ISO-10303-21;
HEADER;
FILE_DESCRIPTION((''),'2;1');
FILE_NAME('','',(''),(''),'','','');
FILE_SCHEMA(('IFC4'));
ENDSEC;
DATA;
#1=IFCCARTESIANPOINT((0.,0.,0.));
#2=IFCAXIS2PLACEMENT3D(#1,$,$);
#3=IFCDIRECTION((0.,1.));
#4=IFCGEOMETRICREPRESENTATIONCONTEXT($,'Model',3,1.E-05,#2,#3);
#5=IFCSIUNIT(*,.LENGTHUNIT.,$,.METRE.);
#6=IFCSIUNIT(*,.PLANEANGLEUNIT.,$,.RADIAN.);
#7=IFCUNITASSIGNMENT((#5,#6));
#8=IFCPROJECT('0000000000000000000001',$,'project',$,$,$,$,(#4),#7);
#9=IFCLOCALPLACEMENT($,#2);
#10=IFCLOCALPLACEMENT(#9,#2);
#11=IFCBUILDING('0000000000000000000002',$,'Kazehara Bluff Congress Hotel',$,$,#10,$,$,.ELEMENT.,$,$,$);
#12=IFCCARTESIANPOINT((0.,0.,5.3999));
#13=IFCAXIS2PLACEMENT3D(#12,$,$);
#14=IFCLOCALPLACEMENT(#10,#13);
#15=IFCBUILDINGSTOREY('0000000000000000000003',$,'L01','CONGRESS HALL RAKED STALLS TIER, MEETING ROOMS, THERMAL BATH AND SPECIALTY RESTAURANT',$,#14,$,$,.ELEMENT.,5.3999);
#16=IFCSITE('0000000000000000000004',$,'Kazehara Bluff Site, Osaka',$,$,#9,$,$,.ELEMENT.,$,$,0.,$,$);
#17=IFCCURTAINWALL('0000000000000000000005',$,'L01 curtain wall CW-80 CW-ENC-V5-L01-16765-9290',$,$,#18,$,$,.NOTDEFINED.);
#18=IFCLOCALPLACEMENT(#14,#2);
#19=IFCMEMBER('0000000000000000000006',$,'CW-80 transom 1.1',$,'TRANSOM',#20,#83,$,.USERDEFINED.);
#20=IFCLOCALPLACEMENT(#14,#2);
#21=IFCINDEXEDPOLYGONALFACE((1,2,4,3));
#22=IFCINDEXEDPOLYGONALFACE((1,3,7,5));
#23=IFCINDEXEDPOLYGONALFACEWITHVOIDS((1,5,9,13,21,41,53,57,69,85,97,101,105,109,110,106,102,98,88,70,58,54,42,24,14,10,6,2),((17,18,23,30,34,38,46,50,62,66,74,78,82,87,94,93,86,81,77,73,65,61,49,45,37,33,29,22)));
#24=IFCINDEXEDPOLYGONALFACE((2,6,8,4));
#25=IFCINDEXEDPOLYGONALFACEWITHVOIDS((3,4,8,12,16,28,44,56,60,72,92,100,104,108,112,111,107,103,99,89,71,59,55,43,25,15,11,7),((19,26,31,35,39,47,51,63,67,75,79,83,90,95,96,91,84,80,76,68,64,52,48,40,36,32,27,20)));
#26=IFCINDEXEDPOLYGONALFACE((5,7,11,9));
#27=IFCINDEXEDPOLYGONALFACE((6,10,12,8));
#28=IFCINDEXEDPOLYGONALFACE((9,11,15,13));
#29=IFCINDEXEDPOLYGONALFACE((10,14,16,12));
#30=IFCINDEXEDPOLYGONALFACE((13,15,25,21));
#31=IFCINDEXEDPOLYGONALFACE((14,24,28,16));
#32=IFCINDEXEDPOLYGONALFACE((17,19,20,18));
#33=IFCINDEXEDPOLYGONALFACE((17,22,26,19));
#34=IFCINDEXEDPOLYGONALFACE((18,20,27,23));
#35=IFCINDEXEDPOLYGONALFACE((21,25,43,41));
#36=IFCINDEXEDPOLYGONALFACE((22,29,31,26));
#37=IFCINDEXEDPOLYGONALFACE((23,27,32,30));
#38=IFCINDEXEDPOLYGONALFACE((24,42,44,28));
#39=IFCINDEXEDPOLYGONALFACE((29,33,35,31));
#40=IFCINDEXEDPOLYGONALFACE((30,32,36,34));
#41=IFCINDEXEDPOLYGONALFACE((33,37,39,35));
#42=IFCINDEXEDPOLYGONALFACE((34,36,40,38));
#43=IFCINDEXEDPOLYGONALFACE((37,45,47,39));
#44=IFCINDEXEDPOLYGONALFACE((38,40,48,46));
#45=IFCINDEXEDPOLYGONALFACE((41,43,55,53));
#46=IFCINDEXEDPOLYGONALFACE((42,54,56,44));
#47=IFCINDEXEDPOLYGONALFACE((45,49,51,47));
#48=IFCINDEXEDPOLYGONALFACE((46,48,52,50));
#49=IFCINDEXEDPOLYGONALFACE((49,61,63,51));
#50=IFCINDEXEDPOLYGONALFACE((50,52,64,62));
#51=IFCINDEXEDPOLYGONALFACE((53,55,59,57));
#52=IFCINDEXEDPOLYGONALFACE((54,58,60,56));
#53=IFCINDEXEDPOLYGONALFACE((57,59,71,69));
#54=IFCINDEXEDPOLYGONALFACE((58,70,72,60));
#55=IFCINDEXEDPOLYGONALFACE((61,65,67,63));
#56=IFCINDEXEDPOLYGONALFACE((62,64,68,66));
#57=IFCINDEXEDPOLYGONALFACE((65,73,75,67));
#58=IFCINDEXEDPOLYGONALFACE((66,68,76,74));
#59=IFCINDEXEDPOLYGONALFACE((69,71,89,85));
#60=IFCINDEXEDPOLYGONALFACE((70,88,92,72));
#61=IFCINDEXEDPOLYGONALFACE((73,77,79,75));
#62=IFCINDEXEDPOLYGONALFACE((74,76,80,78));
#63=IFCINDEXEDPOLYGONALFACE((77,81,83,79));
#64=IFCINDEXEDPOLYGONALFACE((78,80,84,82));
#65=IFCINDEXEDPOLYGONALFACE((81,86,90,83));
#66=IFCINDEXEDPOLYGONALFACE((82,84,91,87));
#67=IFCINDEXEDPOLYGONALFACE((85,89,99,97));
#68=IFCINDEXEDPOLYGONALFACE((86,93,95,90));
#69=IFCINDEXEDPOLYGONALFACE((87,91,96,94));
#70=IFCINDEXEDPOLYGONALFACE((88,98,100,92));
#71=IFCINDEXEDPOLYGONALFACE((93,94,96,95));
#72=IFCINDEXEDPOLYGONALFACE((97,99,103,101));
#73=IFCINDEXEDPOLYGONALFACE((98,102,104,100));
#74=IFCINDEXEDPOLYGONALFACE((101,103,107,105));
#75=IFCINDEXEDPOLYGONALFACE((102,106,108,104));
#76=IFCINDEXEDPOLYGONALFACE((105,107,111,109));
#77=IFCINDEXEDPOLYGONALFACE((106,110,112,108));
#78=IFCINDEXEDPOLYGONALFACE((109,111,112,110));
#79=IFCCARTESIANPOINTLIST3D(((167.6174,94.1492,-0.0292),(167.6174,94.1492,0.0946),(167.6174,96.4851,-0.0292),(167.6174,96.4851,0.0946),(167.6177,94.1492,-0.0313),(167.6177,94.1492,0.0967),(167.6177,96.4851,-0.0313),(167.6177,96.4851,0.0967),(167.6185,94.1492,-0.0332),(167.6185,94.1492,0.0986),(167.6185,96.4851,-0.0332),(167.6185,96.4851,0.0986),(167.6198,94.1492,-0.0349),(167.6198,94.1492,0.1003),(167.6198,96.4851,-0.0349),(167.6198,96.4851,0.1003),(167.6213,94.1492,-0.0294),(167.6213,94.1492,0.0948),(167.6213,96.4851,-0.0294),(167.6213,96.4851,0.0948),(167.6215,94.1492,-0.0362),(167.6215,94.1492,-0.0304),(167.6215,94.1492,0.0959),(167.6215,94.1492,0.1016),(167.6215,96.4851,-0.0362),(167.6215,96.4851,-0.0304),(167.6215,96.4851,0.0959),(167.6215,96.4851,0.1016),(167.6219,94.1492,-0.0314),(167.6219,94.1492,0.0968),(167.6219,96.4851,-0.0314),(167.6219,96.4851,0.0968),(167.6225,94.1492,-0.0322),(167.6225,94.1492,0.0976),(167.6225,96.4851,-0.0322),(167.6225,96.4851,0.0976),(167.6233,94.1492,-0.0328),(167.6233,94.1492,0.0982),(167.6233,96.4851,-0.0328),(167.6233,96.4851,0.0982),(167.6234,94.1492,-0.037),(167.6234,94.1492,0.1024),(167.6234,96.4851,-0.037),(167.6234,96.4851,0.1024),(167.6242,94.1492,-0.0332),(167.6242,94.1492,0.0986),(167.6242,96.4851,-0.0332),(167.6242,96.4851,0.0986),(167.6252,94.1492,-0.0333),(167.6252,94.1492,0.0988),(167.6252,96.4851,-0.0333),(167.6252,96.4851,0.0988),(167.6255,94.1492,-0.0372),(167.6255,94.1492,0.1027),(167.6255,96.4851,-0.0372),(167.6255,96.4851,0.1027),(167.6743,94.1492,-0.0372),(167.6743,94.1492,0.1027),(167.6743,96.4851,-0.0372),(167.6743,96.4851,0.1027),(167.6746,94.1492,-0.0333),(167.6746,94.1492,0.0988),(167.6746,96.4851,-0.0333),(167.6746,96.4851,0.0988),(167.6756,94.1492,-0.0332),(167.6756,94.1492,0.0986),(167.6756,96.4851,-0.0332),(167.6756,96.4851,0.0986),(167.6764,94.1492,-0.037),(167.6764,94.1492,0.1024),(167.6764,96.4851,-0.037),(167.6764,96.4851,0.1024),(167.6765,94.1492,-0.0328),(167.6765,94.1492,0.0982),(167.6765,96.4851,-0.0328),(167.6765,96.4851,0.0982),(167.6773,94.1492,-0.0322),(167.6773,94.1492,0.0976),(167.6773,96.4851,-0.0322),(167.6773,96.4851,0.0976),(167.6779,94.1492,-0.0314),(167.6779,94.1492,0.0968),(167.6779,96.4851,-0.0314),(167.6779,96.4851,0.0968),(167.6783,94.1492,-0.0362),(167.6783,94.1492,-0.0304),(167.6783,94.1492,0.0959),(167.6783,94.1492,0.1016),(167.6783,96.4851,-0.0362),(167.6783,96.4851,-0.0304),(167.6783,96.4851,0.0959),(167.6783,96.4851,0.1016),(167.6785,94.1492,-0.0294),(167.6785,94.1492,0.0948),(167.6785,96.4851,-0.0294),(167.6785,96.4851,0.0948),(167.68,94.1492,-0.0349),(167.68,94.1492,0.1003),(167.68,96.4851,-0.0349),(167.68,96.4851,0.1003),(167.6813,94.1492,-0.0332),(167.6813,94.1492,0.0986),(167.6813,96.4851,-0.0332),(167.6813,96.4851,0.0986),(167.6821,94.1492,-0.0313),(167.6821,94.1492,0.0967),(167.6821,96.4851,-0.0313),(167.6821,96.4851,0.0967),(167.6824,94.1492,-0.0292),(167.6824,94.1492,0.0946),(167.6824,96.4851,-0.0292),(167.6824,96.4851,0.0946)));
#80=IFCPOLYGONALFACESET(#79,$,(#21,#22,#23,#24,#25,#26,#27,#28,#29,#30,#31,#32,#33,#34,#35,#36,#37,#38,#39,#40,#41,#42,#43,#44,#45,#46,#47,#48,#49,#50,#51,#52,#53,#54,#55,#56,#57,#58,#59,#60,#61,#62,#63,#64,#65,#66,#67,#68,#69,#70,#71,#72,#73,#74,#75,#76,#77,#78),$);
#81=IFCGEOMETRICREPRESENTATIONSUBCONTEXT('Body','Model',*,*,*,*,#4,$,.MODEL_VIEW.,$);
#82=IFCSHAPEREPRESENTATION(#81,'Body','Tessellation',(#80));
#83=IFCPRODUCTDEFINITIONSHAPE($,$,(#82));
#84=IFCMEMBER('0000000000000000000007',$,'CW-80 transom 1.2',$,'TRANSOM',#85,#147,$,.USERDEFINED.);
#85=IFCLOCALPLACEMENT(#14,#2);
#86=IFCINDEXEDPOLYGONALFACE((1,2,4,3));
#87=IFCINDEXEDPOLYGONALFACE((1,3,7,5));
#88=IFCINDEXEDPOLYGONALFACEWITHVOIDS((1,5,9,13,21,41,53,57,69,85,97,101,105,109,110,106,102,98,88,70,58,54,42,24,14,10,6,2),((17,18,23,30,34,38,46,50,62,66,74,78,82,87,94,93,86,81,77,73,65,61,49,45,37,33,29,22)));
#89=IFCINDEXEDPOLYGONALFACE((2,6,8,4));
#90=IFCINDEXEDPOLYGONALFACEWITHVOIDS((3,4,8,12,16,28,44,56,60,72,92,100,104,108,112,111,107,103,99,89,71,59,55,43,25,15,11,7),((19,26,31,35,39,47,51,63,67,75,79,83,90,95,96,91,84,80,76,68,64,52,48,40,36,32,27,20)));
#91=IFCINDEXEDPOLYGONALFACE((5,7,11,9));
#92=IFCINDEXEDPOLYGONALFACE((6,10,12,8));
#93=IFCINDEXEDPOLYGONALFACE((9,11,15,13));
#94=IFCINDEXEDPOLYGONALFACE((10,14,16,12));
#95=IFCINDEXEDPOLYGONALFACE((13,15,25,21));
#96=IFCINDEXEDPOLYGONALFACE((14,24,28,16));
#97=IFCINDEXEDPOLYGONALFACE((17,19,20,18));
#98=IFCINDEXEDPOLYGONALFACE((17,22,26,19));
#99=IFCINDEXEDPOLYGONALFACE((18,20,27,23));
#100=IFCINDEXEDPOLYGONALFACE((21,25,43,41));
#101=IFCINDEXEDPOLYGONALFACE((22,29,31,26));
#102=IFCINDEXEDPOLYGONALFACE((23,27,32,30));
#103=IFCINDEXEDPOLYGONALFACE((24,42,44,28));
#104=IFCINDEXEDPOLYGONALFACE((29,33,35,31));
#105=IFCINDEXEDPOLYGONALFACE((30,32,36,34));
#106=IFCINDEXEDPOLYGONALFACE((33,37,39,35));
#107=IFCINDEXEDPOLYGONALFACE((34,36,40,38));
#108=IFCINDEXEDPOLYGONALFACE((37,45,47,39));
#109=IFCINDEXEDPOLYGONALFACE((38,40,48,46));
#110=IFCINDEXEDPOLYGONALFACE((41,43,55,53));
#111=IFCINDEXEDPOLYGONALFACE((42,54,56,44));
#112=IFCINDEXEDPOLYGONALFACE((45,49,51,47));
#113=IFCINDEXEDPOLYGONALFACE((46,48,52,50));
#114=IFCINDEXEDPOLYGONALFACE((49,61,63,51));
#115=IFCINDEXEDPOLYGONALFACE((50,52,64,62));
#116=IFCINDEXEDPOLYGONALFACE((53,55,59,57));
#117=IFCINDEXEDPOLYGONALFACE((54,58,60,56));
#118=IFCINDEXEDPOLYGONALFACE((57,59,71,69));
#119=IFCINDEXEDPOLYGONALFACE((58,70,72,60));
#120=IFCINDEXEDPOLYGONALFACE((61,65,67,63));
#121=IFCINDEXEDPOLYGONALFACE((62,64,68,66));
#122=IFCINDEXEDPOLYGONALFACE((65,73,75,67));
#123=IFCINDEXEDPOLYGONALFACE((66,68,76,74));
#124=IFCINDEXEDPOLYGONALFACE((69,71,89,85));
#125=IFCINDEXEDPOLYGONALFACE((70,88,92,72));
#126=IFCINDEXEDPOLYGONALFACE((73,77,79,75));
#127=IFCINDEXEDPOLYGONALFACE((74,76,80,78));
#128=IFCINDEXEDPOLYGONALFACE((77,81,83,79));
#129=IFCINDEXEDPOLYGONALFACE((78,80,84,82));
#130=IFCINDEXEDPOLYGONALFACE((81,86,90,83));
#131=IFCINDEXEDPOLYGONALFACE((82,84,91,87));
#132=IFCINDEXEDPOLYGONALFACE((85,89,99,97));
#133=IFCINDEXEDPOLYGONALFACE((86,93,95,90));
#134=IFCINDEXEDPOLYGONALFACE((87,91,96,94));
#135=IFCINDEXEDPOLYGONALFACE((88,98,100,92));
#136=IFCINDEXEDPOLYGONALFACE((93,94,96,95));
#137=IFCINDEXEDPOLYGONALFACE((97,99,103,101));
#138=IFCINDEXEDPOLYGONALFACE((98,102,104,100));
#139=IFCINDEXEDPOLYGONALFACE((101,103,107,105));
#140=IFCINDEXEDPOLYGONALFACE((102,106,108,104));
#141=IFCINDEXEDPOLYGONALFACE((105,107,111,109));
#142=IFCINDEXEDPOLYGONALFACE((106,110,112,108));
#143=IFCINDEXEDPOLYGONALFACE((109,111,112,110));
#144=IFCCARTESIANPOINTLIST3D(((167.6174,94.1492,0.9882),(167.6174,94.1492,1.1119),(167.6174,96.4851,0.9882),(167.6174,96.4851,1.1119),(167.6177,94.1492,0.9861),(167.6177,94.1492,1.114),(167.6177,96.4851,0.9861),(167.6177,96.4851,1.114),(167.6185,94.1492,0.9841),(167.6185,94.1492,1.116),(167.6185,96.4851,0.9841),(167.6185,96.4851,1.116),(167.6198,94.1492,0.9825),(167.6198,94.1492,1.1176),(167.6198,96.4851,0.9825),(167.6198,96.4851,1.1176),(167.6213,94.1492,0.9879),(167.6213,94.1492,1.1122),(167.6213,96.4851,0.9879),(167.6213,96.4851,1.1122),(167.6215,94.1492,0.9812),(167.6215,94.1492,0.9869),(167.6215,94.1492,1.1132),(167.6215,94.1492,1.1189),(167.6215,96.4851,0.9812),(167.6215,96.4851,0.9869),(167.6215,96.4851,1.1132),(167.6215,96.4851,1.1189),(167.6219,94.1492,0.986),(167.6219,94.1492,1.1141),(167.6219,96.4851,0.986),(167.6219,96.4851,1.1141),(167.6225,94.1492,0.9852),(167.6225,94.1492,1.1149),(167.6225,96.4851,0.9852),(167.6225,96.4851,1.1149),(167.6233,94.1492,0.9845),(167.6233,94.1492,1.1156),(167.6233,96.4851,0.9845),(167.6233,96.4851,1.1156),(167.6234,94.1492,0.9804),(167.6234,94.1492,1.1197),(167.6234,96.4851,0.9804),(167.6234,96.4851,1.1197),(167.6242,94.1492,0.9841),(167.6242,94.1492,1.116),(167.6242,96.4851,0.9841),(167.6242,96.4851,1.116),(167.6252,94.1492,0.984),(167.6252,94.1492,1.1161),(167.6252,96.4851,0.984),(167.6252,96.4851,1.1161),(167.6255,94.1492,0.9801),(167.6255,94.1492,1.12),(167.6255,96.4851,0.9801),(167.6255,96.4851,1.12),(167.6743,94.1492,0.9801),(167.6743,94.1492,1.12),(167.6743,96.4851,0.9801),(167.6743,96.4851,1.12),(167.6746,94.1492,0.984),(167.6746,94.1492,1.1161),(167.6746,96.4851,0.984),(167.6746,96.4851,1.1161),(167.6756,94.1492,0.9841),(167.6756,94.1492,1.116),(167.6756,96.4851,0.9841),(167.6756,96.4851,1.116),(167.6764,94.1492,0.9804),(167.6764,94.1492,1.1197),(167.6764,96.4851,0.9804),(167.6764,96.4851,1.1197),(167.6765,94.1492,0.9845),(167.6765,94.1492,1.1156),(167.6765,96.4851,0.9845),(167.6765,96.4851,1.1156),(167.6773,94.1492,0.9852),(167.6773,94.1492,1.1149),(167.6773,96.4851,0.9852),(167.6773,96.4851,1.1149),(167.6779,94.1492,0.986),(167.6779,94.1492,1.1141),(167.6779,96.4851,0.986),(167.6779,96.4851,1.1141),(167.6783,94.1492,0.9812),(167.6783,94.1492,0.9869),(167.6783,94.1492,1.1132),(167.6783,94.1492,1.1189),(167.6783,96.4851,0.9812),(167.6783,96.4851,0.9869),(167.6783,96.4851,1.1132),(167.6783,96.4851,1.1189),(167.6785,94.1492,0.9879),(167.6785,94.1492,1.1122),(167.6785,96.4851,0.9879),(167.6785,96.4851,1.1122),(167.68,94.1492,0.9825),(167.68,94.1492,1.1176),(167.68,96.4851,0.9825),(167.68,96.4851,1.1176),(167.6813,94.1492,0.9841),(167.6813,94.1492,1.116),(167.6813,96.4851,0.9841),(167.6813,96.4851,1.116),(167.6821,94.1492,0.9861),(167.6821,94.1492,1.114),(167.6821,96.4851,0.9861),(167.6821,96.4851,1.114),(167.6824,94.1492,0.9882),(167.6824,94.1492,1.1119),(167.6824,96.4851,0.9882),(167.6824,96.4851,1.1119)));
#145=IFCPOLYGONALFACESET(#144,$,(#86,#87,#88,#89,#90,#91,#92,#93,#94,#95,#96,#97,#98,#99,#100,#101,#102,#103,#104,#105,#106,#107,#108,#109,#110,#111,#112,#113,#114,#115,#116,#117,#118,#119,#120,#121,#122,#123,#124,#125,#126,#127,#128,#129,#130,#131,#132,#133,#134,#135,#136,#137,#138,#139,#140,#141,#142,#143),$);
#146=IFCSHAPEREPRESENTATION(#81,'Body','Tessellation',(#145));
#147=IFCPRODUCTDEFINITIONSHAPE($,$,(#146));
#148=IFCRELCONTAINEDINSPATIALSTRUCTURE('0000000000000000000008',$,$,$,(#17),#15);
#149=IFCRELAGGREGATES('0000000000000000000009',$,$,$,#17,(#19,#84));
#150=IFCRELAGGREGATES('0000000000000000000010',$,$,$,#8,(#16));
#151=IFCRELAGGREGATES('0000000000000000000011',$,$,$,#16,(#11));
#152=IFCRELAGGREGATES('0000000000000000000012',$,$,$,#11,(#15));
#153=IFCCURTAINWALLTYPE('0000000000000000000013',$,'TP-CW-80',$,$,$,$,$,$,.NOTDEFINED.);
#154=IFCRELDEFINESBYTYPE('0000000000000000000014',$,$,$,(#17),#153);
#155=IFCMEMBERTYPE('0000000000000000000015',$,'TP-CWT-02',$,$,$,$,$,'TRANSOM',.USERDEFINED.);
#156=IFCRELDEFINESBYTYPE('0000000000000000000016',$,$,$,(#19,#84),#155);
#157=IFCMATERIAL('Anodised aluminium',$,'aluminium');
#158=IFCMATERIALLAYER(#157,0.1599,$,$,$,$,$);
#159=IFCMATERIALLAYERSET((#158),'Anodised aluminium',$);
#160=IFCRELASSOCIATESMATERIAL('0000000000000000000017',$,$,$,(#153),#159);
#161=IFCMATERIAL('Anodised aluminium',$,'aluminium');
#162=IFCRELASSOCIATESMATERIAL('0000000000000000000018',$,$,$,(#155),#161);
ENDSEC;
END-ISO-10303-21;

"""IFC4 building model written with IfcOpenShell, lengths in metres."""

from ifc_helpers import new_model, si_unit, direction, frame, origin, origin_2d, place, context, subcontext, project, spatial, hollow_rectangle, extrude, material, layer, layer_set, material_profile, profile_set, type_object, element, aggregate, save


model = new_model("IFC4")

# Units and contexts
model_context = context("Model", 3, precision=1e-05, world=origin(), true_north=direction((0.0, 1.0)))
body_context = subcontext(model_context, "Body", "Model", "MODEL_VIEW")
ifc_project = project(units=[si_unit("LENGTHUNIT", "METRE"), si_unit("PLANEANGLEUNIT", "RADIAN")], contexts=[model_context])

# Site, building, storey
site_placement = place(None, origin())
site = spatial("IfcSite", under=ifc_project, at=site_placement, Name="Kazehara Bluff Site, Osaka", CompositionType="ELEMENT", RefElevation=0.0)
building_placement = place(site_placement, origin())
building = spatial("IfcBuilding", under=site, at=building_placement, Name="Kazehara Bluff Congress Hotel", CompositionType="ELEMENT")
storey_placement = place(building_placement, frame((0.0, 0.0, 5.3999)))
storey = spatial("IfcBuildingStorey", under=building, at=storey_placement, Name="L01", Description="CONGRESS HALL RAKED STALLS TIER, MEETING ROOMS, THERMAL BATH AND SPECIALTY RESTAURANT", CompositionType="ELEMENT", Elevation=5.3999)

# Curtain wall
ifc_material_1 = material(Name="Anodised aluminium", Category="aluminium")
ifc_layer_1 = layer(ifc_material_1, 0.1599)
ifc_layer_set_1 = layer_set([ifc_layer_1], Name="Anodised aluminium")
curtain_wall_type_1 = type_object("IfcCurtainWallType", Name="TP-CW-80", PredefinedType="NOTDEFINED", material=ifc_layer_set_1)
curtain_wall_1_placement = place(storey_placement, origin())
curtain_wall_1 = element("IfcCurtainWall", 1, at=curtain_wall_1_placement, inside=storey, type_object=curtain_wall_type_1, Name="L01 curtain wall CW-80 CW-ENC-V5-L01-16765-9290", PredefinedType="NOTDEFINED")

# Members
ifc_material_2 = material(Name="Anodised aluminium", Category="aluminium")
ifc_material_profile_1 = material_profile(ifc_material_2, hollow_rectangle(XDim=0.0649, YDim=0.1399, WallThickness=0.0039, InnerFilletRadius=0.0039, OuterFilletRadius=0.0081, at=origin_2d()))
ifc_profile_set_1 = profile_set([ifc_material_profile_1], Name="Anodised aluminium")
member_type_1 = type_object("IfcMemberType", Name="TP-CWT-02", ElementType="TRANSOM", PredefinedType="USERDEFINED", material=ifc_profile_set_1)
member_1_placement = place(storey_placement, frame((167.6499, 96.4851, 0.0327), z_axis=(0.0, -1.0, 0.0), x_axis=(1.0, 0.0, 0.0)))
member_1 = element("IfcMember", 2, at=member_1_placement, type_object=member_type_1, Name="CW-80 transom 1.1", ObjectType="TRANSOM", PredefinedType="USERDEFINED", context=body_context, shape_type="SweptSolid", body=[
    extrude(hollow_rectangle(XDim=0.0649, YDim=0.1399, WallThickness=0.0039, InnerFilletRadius=0.0039, OuterFilletRadius=0.0081, at=origin_2d()), origin(), (0.0, 0.0, 1.0), 2.3359),
])
member_2_placement = place(storey_placement, frame((167.6499, 96.4851, 1.05), z_axis=(0.0, -1.0, 0.0), x_axis=(1.0, 0.0, 0.0)))
member_2 = element("IfcMember", 3, at=member_2_placement, type_object=member_type_1, Name="CW-80 transom 1.2", ObjectType="TRANSOM", PredefinedType="USERDEFINED", context=body_context, shape_type="SweptSolid", body=[
    extrude(hollow_rectangle(XDim=0.0649, YDim=0.1399, WallThickness=0.0039, InnerFilletRadius=0.0039, OuterFilletRadius=0.0081, at=origin_2d()), origin(), (0.0, 0.0, 1.0), 2.3359),
])

aggregate(curtain_wall_1, [member_1, member_2])

save(model, "model.ifc")
